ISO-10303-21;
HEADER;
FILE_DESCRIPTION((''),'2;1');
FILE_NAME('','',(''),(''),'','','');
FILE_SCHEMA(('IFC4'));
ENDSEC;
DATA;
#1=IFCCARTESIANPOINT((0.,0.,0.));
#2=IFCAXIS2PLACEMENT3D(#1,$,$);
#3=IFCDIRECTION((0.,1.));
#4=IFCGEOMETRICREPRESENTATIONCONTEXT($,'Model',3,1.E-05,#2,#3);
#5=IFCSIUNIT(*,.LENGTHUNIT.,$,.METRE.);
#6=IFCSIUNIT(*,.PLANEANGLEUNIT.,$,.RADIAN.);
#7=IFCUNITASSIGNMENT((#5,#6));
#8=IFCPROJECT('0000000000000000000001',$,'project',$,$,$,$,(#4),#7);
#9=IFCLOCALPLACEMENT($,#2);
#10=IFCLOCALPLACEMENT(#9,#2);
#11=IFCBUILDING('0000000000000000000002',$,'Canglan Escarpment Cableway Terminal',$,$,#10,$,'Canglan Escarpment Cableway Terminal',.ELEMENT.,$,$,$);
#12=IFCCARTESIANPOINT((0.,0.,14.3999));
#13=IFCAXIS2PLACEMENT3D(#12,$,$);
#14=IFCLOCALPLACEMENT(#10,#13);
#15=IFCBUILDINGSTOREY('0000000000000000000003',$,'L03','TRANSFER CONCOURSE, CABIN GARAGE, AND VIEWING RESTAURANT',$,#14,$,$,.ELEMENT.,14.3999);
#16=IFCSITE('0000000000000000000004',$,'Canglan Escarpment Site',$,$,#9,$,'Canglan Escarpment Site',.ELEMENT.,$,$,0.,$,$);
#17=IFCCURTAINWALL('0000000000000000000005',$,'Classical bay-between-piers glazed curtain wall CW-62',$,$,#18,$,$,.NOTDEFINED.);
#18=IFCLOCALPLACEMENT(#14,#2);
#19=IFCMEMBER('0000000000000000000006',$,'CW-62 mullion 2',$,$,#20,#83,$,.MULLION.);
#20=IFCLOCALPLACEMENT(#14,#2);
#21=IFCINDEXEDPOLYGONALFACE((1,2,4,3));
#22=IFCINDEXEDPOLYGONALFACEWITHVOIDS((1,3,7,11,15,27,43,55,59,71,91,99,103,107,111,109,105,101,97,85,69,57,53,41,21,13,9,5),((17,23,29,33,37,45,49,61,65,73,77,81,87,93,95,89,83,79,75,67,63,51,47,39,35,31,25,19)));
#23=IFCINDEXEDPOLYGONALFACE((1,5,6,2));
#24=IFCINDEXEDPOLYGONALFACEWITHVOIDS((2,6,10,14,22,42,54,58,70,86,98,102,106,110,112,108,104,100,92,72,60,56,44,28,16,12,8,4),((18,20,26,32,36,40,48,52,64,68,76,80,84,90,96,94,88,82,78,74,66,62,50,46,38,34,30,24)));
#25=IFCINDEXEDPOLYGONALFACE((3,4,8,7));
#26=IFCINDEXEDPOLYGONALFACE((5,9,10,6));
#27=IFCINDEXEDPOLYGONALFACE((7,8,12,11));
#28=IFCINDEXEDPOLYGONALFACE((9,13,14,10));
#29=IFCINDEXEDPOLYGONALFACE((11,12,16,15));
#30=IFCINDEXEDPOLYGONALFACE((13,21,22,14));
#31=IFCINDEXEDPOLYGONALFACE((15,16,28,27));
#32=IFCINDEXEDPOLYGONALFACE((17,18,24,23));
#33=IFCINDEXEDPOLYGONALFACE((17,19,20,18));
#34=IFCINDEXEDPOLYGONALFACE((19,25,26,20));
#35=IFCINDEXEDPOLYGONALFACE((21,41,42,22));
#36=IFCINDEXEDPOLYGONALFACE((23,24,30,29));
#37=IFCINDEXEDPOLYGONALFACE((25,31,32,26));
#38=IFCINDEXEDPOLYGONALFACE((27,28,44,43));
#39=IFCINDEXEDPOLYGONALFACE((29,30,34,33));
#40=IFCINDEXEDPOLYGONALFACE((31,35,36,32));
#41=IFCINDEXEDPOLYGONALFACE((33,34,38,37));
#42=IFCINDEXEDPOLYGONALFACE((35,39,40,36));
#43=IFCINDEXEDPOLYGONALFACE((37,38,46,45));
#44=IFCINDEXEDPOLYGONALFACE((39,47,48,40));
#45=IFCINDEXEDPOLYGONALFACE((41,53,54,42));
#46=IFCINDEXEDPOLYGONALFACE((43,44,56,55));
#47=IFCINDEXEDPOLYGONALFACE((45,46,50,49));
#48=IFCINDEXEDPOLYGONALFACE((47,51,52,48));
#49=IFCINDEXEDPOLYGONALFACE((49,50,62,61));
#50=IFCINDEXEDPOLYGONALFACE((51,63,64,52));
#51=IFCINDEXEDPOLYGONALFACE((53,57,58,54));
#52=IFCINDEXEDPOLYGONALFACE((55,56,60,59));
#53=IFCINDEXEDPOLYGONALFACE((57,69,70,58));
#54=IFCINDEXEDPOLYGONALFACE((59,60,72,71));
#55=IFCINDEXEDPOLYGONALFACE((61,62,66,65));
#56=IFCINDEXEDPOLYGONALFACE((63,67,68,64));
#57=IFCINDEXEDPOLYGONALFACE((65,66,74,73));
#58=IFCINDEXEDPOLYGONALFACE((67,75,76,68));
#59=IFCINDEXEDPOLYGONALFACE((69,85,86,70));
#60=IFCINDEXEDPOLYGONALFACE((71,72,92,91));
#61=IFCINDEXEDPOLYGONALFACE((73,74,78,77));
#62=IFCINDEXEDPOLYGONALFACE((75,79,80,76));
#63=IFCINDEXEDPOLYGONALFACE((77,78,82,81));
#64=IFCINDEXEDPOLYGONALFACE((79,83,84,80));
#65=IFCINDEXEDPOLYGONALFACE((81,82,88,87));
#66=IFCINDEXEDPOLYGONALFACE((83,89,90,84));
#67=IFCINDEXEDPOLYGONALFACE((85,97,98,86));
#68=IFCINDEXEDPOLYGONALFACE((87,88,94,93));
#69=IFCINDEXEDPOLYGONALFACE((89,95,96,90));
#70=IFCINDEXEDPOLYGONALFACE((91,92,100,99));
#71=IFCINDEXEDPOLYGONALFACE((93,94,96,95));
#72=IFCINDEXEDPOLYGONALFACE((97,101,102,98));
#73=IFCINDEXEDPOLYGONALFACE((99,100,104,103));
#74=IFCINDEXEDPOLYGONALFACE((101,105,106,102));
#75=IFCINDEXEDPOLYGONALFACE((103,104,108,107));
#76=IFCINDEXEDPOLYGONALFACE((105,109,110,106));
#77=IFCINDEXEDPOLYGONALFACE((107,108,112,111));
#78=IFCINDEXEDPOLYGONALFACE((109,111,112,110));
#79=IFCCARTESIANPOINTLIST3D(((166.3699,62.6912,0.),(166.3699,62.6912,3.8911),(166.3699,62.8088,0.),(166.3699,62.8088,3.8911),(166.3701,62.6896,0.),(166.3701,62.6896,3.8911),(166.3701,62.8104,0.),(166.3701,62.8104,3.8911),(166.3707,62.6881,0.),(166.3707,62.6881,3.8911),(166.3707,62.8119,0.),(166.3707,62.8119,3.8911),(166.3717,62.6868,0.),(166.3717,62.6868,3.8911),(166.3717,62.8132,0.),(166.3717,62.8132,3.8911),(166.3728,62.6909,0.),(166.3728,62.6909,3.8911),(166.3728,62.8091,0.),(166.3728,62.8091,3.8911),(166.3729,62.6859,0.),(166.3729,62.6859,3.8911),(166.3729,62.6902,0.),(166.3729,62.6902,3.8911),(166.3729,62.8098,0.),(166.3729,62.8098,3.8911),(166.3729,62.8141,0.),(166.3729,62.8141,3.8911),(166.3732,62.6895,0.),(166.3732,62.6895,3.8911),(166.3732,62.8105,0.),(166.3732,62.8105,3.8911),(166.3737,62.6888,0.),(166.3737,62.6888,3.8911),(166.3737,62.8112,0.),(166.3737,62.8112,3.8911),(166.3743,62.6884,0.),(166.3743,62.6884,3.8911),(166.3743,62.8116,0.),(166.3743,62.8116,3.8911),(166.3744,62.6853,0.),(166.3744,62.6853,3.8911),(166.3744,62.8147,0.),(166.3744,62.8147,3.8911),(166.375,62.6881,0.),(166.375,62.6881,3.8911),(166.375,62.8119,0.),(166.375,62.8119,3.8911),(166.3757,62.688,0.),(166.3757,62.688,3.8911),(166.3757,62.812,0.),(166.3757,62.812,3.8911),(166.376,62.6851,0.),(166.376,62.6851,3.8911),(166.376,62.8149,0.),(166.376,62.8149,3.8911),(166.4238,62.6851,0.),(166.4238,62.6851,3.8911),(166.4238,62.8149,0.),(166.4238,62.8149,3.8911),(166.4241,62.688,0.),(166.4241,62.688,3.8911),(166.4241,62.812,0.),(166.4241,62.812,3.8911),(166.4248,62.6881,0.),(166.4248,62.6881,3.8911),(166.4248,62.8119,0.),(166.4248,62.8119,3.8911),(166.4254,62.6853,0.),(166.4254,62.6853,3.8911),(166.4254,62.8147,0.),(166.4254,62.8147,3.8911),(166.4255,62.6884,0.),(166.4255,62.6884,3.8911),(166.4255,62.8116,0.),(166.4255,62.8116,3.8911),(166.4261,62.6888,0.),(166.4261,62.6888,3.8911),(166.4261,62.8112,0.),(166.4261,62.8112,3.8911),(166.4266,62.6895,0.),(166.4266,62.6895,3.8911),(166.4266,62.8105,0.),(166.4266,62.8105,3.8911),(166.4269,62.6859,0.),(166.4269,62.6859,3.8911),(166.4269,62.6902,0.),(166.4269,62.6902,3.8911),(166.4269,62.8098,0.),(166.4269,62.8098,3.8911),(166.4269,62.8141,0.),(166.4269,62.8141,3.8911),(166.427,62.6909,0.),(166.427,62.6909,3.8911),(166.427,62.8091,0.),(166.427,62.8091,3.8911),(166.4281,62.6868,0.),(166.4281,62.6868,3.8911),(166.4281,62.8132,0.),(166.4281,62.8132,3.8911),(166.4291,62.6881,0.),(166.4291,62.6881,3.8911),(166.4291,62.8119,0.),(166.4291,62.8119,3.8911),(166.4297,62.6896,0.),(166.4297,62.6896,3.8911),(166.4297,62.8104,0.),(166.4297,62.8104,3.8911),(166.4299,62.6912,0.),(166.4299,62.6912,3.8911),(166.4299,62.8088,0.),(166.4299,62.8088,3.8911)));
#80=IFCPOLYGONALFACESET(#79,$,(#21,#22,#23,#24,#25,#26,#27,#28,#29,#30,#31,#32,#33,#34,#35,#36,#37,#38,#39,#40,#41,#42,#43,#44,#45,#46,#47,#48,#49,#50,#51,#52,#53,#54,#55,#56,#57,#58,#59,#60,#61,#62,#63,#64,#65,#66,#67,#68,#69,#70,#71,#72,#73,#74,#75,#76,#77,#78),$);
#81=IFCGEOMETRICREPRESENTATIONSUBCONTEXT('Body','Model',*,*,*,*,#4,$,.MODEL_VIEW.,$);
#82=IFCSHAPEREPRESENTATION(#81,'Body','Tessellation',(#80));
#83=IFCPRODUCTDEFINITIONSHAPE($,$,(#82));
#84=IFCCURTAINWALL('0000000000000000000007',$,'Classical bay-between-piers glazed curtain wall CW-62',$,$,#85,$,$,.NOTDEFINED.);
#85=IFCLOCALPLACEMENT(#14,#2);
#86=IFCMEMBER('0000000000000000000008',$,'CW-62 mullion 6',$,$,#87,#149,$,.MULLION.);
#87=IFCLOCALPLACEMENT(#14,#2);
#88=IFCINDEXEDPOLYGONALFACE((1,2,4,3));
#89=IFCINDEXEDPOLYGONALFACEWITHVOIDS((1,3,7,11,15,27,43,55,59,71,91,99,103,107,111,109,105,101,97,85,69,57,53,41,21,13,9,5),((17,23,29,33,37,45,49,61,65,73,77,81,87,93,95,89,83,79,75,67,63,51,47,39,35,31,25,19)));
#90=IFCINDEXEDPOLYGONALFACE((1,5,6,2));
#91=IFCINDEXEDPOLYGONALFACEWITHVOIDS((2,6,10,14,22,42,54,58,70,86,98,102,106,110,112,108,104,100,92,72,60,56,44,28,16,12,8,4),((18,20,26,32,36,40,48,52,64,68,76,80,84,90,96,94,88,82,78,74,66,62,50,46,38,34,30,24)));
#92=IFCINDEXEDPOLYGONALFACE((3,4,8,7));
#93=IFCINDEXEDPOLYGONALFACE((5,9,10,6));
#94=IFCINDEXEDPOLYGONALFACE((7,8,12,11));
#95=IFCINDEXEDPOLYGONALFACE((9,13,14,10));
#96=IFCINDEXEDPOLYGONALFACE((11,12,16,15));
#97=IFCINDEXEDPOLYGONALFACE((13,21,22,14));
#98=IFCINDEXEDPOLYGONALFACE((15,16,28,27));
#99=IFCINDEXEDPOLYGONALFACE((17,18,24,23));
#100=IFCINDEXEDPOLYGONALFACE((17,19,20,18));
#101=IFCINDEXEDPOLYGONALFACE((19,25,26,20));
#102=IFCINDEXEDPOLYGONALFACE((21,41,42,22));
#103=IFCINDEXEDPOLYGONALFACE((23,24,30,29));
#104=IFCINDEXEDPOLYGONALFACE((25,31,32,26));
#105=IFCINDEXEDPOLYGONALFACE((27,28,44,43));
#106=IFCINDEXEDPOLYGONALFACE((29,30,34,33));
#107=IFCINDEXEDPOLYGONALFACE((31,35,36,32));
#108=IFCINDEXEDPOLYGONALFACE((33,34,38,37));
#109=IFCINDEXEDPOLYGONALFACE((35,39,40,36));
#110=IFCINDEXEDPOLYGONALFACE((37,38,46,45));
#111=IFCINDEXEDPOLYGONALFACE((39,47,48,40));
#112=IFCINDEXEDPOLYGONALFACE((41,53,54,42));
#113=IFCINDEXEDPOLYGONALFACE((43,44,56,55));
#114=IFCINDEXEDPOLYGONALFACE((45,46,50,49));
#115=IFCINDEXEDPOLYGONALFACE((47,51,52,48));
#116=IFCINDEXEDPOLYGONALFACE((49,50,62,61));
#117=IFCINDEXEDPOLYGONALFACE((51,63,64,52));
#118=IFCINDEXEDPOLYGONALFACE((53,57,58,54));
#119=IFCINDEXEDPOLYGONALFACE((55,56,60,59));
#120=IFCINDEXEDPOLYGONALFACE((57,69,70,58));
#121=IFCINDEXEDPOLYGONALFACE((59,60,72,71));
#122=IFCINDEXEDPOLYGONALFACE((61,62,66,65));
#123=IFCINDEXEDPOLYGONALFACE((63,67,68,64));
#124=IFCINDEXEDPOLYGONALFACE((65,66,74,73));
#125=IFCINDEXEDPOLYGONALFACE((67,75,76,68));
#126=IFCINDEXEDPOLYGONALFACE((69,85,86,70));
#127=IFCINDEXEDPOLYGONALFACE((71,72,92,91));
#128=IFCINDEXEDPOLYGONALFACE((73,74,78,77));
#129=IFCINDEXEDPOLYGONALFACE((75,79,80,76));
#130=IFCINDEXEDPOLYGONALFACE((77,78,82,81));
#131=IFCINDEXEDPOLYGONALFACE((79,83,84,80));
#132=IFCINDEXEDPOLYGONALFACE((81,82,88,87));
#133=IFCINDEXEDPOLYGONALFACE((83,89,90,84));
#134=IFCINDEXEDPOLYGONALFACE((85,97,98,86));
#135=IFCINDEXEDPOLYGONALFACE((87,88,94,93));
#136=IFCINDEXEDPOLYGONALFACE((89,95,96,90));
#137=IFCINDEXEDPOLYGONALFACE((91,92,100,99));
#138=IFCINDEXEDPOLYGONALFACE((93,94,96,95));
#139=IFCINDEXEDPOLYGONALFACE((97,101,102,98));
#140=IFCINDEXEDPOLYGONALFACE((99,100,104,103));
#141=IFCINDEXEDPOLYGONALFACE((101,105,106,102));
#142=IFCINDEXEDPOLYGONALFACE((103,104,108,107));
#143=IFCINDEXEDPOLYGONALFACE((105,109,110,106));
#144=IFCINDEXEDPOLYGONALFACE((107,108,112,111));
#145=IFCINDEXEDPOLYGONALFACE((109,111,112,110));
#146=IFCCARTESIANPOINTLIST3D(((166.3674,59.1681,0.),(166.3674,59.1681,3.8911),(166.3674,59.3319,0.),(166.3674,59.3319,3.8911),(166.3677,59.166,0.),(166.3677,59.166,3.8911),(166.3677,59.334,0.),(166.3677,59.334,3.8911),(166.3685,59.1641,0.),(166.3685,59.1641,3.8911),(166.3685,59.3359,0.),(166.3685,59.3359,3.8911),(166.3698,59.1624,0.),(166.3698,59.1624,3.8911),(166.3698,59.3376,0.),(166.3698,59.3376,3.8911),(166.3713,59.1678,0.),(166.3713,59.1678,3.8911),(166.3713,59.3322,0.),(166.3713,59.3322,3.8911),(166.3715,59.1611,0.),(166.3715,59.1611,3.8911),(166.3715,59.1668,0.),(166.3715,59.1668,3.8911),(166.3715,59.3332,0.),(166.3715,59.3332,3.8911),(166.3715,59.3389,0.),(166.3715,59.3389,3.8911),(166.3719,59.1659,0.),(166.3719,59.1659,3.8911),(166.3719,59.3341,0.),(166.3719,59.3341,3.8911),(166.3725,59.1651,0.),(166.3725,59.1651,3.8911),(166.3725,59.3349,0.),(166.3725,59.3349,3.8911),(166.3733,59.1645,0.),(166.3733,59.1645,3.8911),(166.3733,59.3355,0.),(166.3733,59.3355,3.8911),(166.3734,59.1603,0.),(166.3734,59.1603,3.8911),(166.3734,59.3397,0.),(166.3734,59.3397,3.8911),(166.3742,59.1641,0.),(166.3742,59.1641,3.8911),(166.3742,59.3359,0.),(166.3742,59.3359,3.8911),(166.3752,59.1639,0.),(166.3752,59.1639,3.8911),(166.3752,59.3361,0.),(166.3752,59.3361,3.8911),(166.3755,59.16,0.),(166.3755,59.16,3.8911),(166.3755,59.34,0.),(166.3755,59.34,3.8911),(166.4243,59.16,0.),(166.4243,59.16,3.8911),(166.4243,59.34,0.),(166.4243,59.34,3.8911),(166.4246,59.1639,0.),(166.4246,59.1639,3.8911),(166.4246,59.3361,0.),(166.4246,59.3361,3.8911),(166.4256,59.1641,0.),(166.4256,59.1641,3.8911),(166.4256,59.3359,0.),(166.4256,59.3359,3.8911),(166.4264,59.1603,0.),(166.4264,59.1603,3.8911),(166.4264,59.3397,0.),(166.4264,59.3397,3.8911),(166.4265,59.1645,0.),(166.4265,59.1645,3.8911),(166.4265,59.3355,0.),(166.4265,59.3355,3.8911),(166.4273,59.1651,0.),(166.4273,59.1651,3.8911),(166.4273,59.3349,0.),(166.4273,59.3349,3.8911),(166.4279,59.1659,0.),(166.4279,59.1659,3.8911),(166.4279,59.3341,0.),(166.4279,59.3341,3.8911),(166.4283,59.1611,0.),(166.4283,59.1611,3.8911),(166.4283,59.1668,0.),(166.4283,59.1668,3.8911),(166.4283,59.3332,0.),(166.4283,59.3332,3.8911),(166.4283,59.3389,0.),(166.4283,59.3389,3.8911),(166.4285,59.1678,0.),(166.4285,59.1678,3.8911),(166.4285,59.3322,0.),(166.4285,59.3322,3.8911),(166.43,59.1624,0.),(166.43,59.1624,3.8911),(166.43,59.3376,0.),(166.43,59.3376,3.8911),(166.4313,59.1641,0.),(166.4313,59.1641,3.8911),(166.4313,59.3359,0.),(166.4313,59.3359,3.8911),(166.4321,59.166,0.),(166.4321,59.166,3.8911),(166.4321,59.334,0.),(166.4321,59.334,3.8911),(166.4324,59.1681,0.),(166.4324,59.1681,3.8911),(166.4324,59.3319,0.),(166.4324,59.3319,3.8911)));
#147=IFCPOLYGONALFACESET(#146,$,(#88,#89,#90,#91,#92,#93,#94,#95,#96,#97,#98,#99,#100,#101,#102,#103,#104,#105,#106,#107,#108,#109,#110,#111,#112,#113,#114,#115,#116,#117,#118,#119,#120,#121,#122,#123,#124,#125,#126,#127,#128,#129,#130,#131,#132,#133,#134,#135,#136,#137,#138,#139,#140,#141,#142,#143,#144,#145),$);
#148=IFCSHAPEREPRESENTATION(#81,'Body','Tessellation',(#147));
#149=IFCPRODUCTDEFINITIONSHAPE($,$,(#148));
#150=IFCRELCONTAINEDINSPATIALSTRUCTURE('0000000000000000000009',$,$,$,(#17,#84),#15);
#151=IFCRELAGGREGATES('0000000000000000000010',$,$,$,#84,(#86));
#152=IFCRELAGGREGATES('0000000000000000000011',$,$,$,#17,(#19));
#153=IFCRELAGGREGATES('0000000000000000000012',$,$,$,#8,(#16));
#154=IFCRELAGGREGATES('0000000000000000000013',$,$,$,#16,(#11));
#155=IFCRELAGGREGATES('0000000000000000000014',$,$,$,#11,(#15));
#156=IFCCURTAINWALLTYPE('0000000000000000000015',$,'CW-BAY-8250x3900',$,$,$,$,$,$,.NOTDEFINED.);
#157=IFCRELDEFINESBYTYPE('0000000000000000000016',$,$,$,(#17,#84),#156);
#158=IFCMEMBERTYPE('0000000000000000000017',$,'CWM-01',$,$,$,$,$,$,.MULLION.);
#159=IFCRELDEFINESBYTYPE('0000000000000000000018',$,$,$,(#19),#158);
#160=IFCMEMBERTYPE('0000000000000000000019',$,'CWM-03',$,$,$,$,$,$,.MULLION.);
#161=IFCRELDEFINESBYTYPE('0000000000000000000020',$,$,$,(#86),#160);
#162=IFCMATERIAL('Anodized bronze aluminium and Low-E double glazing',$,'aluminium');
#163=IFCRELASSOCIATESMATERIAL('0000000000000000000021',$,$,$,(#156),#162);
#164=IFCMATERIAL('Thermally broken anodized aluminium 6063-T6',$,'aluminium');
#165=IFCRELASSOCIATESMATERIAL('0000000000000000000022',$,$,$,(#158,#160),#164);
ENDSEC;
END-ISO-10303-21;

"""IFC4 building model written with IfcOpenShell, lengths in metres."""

from ifc_helpers import new_model, si_unit, direction, frame, origin, origin_2d, place, context, subcontext, project, spatial, hollow_rectangle, extrude, material, material_profile, profile_set, type_object, element, aggregate, save


model = new_model("IFC4")

# Units and contexts
model_context = context("Model", 3, precision=1e-05, world=origin(), true_north=direction((0.0, 1.0)))
body_context = subcontext(model_context, "Body", "Model", "MODEL_VIEW")
ifc_project = project(units=[si_unit("LENGTHUNIT", "METRE"), si_unit("PLANEANGLEUNIT", "RADIAN")], contexts=[model_context])

# Site, building, storey
site_placement = place(None, origin())
site = spatial("IfcSite", under=ifc_project, at=site_placement, Name="Canglan Escarpment Site", LongName="Canglan Escarpment Site", CompositionType="ELEMENT", RefElevation=0.0)
building_placement = place(site_placement, origin())
building = spatial("IfcBuilding", under=site, at=building_placement, Name="Canglan Escarpment Cableway Terminal", LongName="Canglan Escarpment Cableway Terminal", CompositionType="ELEMENT")
storey_placement = place(building_placement, frame((0.0, 0.0, 14.3999)))
storey = spatial("IfcBuildingStorey", under=building, at=storey_placement, Name="L03", Description="TRANSFER CONCOURSE, CABIN GARAGE, AND VIEWING RESTAURANT", CompositionType="ELEMENT", Elevation=14.3999)

# Curtain walls, members
ifc_material_1 = material(Name="Anodized bronze aluminium and Low-E double glazing", Category="aluminium")
curtain_wall_type = type_object("IfcCurtainWallType", Name="CW-BAY-8250x3900", PredefinedType="NOTDEFINED", material=ifc_material_1)
curtain_wall_1_placement = place(storey_placement, origin())
curtain_wall_1 = element("IfcCurtainWall", 1, at=curtain_wall_1_placement, inside=storey, type_object=curtain_wall_type, Name="Classical bay-between-piers glazed curtain wall CW-62", PredefinedType="NOTDEFINED")
ifc_material_2 = material(Name="Thermally broken anodized aluminium 6063-T6", Category="aluminium")
ifc_material_profile_1 = material_profile(ifc_material_2, hollow_rectangle(XDim=0.0601, YDim=0.1299, WallThickness=0.0029, InnerFilletRadius=0.0029, OuterFilletRadius=0.0061, at=origin_2d()), Name="ALU-MULL 60x130x3")
ifc_profile_set_1 = profile_set([ifc_material_profile_1], Name="Thermally broken anodized aluminium 6063-T6")
member_type_1 = type_object("IfcMemberType", Name="CWM-01", PredefinedType="MULLION", material=ifc_profile_set_1)
member_1_placement = place(storey_placement, frame((166.3999, 62.75, 0.0), z_axis=(0.0, 0.0, 1.0), x_axis=(-1.0, 0.0, 0.0)))
member_1 = element("IfcMember", 2, at=member_1_placement, type_object=member_type_1, Name="CW-62 mullion 2", PredefinedType="MULLION", context=body_context, shape_type="SweptSolid", body=[
    extrude(hollow_rectangle(XDim=0.0601, YDim=0.1299, WallThickness=0.0029, InnerFilletRadius=0.0029, OuterFilletRadius=0.0061, at=origin_2d()), origin(), (0.0, 0.0, 1.0), 3.8911),
])
curtain_wall_2_placement = place(storey_placement, origin())
curtain_wall_2 = element("IfcCurtainWall", 3, at=curtain_wall_2_placement, inside=storey, type_object=curtain_wall_type, Name="Classical bay-between-piers glazed curtain wall CW-62", PredefinedType="NOTDEFINED")
ifc_material_profile_2 = material_profile(ifc_material_2, hollow_rectangle(XDim=0.0649, YDim=0.1799, WallThickness=0.0039, InnerFilletRadius=0.0039, OuterFilletRadius=0.0081, at=origin_2d()), Name="ALU-MULL 65x180x4")
ifc_profile_set_2 = profile_set([ifc_material_profile_2], Name="Thermally broken anodized aluminium 6063-T6")
member_type_2 = type_object("IfcMemberType", Name="CWM-03", PredefinedType="MULLION", material=ifc_profile_set_2)
member_2_placement = place(storey_placement, frame((166.3999, 59.25, 0.0), z_axis=(0.0, 0.0, 1.0), x_axis=(-1.0, 0.0, 0.0)))
member_2 = element("IfcMember", 4, at=member_2_placement, type_object=member_type_2, Name="CW-62 mullion 6", PredefinedType="MULLION", context=body_context, shape_type="SweptSolid", body=[
    extrude(hollow_rectangle(XDim=0.0649, YDim=0.1799, WallThickness=0.0039, InnerFilletRadius=0.0039, OuterFilletRadius=0.0081, at=origin_2d()), origin(), (0.0, 0.0, 1.0), 3.8911),
])

aggregate(curtain_wall_2, [member_2])
aggregate(curtain_wall_1, [member_1])

save(model, "model.ifc")
